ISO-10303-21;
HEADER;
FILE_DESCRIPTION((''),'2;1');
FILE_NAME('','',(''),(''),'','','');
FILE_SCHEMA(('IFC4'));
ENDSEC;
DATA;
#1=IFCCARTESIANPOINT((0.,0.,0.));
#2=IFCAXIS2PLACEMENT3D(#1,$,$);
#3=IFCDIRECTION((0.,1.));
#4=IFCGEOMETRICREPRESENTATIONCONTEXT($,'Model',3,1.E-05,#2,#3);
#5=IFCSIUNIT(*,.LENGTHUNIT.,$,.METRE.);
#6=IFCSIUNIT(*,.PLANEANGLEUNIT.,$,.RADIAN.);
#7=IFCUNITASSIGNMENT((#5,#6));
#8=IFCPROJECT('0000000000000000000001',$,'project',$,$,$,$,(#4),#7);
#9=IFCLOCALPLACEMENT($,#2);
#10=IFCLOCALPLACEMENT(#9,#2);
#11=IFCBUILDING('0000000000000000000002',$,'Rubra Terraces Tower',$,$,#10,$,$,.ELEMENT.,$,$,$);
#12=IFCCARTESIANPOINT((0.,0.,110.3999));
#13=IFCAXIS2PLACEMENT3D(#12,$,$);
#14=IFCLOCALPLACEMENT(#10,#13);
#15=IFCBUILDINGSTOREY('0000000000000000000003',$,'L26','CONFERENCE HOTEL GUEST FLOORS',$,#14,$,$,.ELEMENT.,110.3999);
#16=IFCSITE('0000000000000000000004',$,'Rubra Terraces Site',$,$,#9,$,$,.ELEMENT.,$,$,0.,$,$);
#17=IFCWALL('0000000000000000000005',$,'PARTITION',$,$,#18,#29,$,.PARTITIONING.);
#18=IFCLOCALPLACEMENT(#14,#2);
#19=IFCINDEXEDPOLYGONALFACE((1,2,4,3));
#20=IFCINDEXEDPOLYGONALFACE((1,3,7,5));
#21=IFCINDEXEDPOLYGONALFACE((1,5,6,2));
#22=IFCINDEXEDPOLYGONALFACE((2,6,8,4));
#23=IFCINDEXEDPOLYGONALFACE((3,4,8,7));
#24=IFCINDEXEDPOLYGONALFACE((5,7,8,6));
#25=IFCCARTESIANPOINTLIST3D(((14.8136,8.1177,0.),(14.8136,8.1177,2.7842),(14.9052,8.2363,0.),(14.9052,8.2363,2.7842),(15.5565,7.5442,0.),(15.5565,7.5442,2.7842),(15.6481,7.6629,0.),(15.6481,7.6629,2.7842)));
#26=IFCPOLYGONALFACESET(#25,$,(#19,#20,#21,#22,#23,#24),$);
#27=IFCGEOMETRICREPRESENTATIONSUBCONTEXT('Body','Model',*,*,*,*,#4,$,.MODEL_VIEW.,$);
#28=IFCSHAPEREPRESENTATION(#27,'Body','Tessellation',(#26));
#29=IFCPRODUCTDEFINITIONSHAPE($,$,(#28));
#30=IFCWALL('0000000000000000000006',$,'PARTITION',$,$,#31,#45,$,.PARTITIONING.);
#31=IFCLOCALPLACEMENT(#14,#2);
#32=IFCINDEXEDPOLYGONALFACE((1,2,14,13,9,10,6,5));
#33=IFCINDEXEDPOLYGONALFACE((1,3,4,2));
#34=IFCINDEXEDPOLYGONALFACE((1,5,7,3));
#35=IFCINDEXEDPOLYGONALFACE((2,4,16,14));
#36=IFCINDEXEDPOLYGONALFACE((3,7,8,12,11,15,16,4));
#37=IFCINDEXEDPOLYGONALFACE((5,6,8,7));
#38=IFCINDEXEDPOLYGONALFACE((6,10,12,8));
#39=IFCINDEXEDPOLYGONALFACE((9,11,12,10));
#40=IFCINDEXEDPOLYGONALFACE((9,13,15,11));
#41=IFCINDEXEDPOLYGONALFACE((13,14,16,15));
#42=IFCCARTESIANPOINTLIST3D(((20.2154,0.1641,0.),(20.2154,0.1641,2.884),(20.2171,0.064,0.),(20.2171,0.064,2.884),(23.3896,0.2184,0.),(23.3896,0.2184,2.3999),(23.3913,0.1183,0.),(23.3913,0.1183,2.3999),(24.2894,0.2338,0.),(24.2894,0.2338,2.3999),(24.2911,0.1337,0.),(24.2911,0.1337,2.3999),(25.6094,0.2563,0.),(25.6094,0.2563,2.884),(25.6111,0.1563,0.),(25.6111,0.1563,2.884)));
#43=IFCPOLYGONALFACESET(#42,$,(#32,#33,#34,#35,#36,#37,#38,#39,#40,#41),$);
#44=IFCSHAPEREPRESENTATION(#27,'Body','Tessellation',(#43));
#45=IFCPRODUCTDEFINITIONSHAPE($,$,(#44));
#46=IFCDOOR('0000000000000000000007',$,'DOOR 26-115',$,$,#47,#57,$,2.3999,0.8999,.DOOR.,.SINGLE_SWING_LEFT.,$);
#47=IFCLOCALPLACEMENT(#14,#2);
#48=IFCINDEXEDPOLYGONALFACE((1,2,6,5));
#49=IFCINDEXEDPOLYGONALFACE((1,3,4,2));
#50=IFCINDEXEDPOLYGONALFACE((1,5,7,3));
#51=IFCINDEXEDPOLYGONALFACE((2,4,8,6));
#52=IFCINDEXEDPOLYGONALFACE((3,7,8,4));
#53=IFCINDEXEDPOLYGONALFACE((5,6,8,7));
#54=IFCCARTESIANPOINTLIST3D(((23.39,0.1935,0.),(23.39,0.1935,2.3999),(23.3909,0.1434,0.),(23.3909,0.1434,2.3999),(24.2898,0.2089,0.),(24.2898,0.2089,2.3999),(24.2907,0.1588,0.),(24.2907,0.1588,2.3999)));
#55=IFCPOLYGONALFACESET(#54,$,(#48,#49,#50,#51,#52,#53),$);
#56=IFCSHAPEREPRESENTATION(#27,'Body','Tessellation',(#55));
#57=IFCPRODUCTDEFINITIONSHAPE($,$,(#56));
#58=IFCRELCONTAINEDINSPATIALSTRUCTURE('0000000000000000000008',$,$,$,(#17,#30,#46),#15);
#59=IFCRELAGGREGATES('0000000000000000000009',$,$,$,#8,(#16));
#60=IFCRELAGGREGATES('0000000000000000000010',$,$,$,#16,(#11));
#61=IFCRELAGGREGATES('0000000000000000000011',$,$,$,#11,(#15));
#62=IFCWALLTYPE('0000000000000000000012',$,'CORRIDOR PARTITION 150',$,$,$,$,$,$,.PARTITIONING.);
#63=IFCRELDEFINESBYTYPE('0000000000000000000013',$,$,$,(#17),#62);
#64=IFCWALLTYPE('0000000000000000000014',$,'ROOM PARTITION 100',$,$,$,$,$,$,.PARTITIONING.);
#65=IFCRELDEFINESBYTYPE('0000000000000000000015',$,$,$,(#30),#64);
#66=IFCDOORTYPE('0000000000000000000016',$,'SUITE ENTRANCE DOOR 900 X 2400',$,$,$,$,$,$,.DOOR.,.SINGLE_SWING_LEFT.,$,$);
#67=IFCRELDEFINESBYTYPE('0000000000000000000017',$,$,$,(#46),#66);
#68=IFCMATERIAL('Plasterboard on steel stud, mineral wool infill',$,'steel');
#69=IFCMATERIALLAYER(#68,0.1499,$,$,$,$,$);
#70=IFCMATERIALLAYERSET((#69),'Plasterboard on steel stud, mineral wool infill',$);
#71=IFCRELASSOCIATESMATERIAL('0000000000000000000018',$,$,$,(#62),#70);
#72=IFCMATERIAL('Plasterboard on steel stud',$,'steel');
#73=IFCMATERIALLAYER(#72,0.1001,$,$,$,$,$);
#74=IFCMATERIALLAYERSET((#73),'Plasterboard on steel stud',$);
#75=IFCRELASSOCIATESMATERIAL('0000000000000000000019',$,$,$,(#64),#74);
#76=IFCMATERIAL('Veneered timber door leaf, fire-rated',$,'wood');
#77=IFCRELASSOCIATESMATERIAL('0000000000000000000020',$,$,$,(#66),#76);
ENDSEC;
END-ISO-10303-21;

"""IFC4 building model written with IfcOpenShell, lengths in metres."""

from ifc_helpers import new_model, si_unit, direction, frame, frame_2d, origin, place, context, subcontext, project, spatial, rectangle, extrude, material, layer, layer_set, type_object, element, fill, save


model = new_model("IFC4")

# Units and contexts
model_context = context("Model", 3, precision=1e-05, world=origin(), true_north=direction((0.0, 1.0)))
body_context = subcontext(model_context, "Body", "Model", "MODEL_VIEW")
ifc_project = project(units=[si_unit("LENGTHUNIT", "METRE"), si_unit("PLANEANGLEUNIT", "RADIAN")], contexts=[model_context])

# Site, building, storey
site_placement = place(None, origin())
site = spatial("IfcSite", under=ifc_project, at=site_placement, Name="Rubra Terraces Site", CompositionType="ELEMENT", RefElevation=0.0)
building_placement = place(site_placement, origin())
building = spatial("IfcBuilding", under=site, at=building_placement, Name="Rubra Terraces Tower", CompositionType="ELEMENT")
storey_placement = place(building_placement, frame((0.0, 0.0, 110.3999)))
storey = spatial("IfcBuildingStorey", under=building, at=storey_placement, Name="L26", Description="CONFERENCE HOTEL GUEST FLOORS", CompositionType="ELEMENT", Elevation=110.3999)

# Shared definitions
ifc_material_1 = material(Name="Plasterboard on steel stud, mineral wool infill", Category="steel")
ifc_layer_1 = layer(ifc_material_1, 0.1499)
ifc_layer_set_1 = layer_set([ifc_layer_1], Name="Plasterboard on steel stud, mineral wool infill")
wall_type_1 = type_object("IfcWallType", Name="CORRIDOR PARTITION 150", PredefinedType="PARTITIONING", material=ifc_layer_set_1)

# Wall
wall_1_placement = place(storey_placement, frame((14.8594, 8.177, 0.0), z_axis=(0.0, 0.0, 1.0), x_axis=(0.791588, -0.611055, 0.0)))
element("IfcWall", 1, at=wall_1_placement, inside=storey, type_object=wall_type_1, Name="PARTITION", PredefinedType="PARTITIONING", context=body_context, shape_type="SweptSolid", body=[
    extrude(rectangle(XDim=0.9385, YDim=0.1499, at=frame_2d((0.4692, 0.0))), origin(), (0.0, 0.0, 1.0), 2.7842),
])

# Wall, opening, door
ifc_material_2 = material(Name="Plasterboard on steel stud", Category="steel")
ifc_layer_2 = layer(ifc_material_2, 0.1001)
ifc_layer_set_2 = layer_set([ifc_layer_2], Name="Plasterboard on steel stud")
wall_type_2 = type_object("IfcWallType", Name="ROOM PARTITION 100", PredefinedType="PARTITIONING", material=ifc_layer_set_2)
wall_2_placement = place(storey_placement, frame((25.6101, 0.2063, 0.0), z_axis=(0.0, 0.0, 1.0), x_axis=(-0.999854, -0.017106, 0.0)))
wall_2 = element("IfcWall", 2, at=wall_2_placement, inside=storey, type_object=wall_type_2, Name="PARTITION", PredefinedType="PARTITIONING", context=body_context, shape_type="SweptSolid", body=[
    extrude(rectangle(XDim=5.3948, YDim=0.1001, at=frame_2d((2.6973, 0.0))), origin(), (0.0, 0.0, 1.0), 2.884),
])
opening_1_placement = place(wall_2_placement, frame((1.3201, 0.0, 0.0)))
opening_1 = element("IfcOpeningElement", 3, at=opening_1_placement, cuts=wall_2, PredefinedType="OPENING", context=body_context, shape_type="SweptSolid", body=[
    extrude(rectangle(XDim=0.8999, YDim=2.3999, at=frame_2d((0.45, 1.2))), frame((0.0, 0.0601, 0.0), z_axis=(0.0, -1.0, 0.0), x_axis=(1.0, 0.0, 0.0)), (0.0, 0.0, 1.0), 0.1201),
])
ifc_material_3 = material(Name="Veneered timber door leaf, fire-rated", Category="wood")
door_type_1 = type_object("IfcDoorType", Name="SUITE ENTRANCE DOOR 900 X 2400", OperationType="SINGLE_SWING_LEFT", PredefinedType="DOOR", material=ifc_material_3)
door_1_placement = place(opening_1_placement, origin())
door_1 = element("IfcDoor", 4, at=door_1_placement, inside=storey, type_object=door_type_1, Name="DOOR 26-115", OperationType="SINGLE_SWING_LEFT", OverallHeight=2.3999, OverallWidth=0.8999, PredefinedType="DOOR", context=body_context, shape_type="SweptSolid", body=[
    extrude(rectangle(XDim=0.8999, YDim=2.3999, at=frame_2d((0.45, 1.2))), frame((0.0, 0.0249, 0.0), z_axis=(0.0, -1.0, 0.0), x_axis=(1.0, 0.0, 0.0)), (0.0, 0.0, 1.0), 0.05),
])
fill(opening_1, door_1)

save(model, "model.ifc")
